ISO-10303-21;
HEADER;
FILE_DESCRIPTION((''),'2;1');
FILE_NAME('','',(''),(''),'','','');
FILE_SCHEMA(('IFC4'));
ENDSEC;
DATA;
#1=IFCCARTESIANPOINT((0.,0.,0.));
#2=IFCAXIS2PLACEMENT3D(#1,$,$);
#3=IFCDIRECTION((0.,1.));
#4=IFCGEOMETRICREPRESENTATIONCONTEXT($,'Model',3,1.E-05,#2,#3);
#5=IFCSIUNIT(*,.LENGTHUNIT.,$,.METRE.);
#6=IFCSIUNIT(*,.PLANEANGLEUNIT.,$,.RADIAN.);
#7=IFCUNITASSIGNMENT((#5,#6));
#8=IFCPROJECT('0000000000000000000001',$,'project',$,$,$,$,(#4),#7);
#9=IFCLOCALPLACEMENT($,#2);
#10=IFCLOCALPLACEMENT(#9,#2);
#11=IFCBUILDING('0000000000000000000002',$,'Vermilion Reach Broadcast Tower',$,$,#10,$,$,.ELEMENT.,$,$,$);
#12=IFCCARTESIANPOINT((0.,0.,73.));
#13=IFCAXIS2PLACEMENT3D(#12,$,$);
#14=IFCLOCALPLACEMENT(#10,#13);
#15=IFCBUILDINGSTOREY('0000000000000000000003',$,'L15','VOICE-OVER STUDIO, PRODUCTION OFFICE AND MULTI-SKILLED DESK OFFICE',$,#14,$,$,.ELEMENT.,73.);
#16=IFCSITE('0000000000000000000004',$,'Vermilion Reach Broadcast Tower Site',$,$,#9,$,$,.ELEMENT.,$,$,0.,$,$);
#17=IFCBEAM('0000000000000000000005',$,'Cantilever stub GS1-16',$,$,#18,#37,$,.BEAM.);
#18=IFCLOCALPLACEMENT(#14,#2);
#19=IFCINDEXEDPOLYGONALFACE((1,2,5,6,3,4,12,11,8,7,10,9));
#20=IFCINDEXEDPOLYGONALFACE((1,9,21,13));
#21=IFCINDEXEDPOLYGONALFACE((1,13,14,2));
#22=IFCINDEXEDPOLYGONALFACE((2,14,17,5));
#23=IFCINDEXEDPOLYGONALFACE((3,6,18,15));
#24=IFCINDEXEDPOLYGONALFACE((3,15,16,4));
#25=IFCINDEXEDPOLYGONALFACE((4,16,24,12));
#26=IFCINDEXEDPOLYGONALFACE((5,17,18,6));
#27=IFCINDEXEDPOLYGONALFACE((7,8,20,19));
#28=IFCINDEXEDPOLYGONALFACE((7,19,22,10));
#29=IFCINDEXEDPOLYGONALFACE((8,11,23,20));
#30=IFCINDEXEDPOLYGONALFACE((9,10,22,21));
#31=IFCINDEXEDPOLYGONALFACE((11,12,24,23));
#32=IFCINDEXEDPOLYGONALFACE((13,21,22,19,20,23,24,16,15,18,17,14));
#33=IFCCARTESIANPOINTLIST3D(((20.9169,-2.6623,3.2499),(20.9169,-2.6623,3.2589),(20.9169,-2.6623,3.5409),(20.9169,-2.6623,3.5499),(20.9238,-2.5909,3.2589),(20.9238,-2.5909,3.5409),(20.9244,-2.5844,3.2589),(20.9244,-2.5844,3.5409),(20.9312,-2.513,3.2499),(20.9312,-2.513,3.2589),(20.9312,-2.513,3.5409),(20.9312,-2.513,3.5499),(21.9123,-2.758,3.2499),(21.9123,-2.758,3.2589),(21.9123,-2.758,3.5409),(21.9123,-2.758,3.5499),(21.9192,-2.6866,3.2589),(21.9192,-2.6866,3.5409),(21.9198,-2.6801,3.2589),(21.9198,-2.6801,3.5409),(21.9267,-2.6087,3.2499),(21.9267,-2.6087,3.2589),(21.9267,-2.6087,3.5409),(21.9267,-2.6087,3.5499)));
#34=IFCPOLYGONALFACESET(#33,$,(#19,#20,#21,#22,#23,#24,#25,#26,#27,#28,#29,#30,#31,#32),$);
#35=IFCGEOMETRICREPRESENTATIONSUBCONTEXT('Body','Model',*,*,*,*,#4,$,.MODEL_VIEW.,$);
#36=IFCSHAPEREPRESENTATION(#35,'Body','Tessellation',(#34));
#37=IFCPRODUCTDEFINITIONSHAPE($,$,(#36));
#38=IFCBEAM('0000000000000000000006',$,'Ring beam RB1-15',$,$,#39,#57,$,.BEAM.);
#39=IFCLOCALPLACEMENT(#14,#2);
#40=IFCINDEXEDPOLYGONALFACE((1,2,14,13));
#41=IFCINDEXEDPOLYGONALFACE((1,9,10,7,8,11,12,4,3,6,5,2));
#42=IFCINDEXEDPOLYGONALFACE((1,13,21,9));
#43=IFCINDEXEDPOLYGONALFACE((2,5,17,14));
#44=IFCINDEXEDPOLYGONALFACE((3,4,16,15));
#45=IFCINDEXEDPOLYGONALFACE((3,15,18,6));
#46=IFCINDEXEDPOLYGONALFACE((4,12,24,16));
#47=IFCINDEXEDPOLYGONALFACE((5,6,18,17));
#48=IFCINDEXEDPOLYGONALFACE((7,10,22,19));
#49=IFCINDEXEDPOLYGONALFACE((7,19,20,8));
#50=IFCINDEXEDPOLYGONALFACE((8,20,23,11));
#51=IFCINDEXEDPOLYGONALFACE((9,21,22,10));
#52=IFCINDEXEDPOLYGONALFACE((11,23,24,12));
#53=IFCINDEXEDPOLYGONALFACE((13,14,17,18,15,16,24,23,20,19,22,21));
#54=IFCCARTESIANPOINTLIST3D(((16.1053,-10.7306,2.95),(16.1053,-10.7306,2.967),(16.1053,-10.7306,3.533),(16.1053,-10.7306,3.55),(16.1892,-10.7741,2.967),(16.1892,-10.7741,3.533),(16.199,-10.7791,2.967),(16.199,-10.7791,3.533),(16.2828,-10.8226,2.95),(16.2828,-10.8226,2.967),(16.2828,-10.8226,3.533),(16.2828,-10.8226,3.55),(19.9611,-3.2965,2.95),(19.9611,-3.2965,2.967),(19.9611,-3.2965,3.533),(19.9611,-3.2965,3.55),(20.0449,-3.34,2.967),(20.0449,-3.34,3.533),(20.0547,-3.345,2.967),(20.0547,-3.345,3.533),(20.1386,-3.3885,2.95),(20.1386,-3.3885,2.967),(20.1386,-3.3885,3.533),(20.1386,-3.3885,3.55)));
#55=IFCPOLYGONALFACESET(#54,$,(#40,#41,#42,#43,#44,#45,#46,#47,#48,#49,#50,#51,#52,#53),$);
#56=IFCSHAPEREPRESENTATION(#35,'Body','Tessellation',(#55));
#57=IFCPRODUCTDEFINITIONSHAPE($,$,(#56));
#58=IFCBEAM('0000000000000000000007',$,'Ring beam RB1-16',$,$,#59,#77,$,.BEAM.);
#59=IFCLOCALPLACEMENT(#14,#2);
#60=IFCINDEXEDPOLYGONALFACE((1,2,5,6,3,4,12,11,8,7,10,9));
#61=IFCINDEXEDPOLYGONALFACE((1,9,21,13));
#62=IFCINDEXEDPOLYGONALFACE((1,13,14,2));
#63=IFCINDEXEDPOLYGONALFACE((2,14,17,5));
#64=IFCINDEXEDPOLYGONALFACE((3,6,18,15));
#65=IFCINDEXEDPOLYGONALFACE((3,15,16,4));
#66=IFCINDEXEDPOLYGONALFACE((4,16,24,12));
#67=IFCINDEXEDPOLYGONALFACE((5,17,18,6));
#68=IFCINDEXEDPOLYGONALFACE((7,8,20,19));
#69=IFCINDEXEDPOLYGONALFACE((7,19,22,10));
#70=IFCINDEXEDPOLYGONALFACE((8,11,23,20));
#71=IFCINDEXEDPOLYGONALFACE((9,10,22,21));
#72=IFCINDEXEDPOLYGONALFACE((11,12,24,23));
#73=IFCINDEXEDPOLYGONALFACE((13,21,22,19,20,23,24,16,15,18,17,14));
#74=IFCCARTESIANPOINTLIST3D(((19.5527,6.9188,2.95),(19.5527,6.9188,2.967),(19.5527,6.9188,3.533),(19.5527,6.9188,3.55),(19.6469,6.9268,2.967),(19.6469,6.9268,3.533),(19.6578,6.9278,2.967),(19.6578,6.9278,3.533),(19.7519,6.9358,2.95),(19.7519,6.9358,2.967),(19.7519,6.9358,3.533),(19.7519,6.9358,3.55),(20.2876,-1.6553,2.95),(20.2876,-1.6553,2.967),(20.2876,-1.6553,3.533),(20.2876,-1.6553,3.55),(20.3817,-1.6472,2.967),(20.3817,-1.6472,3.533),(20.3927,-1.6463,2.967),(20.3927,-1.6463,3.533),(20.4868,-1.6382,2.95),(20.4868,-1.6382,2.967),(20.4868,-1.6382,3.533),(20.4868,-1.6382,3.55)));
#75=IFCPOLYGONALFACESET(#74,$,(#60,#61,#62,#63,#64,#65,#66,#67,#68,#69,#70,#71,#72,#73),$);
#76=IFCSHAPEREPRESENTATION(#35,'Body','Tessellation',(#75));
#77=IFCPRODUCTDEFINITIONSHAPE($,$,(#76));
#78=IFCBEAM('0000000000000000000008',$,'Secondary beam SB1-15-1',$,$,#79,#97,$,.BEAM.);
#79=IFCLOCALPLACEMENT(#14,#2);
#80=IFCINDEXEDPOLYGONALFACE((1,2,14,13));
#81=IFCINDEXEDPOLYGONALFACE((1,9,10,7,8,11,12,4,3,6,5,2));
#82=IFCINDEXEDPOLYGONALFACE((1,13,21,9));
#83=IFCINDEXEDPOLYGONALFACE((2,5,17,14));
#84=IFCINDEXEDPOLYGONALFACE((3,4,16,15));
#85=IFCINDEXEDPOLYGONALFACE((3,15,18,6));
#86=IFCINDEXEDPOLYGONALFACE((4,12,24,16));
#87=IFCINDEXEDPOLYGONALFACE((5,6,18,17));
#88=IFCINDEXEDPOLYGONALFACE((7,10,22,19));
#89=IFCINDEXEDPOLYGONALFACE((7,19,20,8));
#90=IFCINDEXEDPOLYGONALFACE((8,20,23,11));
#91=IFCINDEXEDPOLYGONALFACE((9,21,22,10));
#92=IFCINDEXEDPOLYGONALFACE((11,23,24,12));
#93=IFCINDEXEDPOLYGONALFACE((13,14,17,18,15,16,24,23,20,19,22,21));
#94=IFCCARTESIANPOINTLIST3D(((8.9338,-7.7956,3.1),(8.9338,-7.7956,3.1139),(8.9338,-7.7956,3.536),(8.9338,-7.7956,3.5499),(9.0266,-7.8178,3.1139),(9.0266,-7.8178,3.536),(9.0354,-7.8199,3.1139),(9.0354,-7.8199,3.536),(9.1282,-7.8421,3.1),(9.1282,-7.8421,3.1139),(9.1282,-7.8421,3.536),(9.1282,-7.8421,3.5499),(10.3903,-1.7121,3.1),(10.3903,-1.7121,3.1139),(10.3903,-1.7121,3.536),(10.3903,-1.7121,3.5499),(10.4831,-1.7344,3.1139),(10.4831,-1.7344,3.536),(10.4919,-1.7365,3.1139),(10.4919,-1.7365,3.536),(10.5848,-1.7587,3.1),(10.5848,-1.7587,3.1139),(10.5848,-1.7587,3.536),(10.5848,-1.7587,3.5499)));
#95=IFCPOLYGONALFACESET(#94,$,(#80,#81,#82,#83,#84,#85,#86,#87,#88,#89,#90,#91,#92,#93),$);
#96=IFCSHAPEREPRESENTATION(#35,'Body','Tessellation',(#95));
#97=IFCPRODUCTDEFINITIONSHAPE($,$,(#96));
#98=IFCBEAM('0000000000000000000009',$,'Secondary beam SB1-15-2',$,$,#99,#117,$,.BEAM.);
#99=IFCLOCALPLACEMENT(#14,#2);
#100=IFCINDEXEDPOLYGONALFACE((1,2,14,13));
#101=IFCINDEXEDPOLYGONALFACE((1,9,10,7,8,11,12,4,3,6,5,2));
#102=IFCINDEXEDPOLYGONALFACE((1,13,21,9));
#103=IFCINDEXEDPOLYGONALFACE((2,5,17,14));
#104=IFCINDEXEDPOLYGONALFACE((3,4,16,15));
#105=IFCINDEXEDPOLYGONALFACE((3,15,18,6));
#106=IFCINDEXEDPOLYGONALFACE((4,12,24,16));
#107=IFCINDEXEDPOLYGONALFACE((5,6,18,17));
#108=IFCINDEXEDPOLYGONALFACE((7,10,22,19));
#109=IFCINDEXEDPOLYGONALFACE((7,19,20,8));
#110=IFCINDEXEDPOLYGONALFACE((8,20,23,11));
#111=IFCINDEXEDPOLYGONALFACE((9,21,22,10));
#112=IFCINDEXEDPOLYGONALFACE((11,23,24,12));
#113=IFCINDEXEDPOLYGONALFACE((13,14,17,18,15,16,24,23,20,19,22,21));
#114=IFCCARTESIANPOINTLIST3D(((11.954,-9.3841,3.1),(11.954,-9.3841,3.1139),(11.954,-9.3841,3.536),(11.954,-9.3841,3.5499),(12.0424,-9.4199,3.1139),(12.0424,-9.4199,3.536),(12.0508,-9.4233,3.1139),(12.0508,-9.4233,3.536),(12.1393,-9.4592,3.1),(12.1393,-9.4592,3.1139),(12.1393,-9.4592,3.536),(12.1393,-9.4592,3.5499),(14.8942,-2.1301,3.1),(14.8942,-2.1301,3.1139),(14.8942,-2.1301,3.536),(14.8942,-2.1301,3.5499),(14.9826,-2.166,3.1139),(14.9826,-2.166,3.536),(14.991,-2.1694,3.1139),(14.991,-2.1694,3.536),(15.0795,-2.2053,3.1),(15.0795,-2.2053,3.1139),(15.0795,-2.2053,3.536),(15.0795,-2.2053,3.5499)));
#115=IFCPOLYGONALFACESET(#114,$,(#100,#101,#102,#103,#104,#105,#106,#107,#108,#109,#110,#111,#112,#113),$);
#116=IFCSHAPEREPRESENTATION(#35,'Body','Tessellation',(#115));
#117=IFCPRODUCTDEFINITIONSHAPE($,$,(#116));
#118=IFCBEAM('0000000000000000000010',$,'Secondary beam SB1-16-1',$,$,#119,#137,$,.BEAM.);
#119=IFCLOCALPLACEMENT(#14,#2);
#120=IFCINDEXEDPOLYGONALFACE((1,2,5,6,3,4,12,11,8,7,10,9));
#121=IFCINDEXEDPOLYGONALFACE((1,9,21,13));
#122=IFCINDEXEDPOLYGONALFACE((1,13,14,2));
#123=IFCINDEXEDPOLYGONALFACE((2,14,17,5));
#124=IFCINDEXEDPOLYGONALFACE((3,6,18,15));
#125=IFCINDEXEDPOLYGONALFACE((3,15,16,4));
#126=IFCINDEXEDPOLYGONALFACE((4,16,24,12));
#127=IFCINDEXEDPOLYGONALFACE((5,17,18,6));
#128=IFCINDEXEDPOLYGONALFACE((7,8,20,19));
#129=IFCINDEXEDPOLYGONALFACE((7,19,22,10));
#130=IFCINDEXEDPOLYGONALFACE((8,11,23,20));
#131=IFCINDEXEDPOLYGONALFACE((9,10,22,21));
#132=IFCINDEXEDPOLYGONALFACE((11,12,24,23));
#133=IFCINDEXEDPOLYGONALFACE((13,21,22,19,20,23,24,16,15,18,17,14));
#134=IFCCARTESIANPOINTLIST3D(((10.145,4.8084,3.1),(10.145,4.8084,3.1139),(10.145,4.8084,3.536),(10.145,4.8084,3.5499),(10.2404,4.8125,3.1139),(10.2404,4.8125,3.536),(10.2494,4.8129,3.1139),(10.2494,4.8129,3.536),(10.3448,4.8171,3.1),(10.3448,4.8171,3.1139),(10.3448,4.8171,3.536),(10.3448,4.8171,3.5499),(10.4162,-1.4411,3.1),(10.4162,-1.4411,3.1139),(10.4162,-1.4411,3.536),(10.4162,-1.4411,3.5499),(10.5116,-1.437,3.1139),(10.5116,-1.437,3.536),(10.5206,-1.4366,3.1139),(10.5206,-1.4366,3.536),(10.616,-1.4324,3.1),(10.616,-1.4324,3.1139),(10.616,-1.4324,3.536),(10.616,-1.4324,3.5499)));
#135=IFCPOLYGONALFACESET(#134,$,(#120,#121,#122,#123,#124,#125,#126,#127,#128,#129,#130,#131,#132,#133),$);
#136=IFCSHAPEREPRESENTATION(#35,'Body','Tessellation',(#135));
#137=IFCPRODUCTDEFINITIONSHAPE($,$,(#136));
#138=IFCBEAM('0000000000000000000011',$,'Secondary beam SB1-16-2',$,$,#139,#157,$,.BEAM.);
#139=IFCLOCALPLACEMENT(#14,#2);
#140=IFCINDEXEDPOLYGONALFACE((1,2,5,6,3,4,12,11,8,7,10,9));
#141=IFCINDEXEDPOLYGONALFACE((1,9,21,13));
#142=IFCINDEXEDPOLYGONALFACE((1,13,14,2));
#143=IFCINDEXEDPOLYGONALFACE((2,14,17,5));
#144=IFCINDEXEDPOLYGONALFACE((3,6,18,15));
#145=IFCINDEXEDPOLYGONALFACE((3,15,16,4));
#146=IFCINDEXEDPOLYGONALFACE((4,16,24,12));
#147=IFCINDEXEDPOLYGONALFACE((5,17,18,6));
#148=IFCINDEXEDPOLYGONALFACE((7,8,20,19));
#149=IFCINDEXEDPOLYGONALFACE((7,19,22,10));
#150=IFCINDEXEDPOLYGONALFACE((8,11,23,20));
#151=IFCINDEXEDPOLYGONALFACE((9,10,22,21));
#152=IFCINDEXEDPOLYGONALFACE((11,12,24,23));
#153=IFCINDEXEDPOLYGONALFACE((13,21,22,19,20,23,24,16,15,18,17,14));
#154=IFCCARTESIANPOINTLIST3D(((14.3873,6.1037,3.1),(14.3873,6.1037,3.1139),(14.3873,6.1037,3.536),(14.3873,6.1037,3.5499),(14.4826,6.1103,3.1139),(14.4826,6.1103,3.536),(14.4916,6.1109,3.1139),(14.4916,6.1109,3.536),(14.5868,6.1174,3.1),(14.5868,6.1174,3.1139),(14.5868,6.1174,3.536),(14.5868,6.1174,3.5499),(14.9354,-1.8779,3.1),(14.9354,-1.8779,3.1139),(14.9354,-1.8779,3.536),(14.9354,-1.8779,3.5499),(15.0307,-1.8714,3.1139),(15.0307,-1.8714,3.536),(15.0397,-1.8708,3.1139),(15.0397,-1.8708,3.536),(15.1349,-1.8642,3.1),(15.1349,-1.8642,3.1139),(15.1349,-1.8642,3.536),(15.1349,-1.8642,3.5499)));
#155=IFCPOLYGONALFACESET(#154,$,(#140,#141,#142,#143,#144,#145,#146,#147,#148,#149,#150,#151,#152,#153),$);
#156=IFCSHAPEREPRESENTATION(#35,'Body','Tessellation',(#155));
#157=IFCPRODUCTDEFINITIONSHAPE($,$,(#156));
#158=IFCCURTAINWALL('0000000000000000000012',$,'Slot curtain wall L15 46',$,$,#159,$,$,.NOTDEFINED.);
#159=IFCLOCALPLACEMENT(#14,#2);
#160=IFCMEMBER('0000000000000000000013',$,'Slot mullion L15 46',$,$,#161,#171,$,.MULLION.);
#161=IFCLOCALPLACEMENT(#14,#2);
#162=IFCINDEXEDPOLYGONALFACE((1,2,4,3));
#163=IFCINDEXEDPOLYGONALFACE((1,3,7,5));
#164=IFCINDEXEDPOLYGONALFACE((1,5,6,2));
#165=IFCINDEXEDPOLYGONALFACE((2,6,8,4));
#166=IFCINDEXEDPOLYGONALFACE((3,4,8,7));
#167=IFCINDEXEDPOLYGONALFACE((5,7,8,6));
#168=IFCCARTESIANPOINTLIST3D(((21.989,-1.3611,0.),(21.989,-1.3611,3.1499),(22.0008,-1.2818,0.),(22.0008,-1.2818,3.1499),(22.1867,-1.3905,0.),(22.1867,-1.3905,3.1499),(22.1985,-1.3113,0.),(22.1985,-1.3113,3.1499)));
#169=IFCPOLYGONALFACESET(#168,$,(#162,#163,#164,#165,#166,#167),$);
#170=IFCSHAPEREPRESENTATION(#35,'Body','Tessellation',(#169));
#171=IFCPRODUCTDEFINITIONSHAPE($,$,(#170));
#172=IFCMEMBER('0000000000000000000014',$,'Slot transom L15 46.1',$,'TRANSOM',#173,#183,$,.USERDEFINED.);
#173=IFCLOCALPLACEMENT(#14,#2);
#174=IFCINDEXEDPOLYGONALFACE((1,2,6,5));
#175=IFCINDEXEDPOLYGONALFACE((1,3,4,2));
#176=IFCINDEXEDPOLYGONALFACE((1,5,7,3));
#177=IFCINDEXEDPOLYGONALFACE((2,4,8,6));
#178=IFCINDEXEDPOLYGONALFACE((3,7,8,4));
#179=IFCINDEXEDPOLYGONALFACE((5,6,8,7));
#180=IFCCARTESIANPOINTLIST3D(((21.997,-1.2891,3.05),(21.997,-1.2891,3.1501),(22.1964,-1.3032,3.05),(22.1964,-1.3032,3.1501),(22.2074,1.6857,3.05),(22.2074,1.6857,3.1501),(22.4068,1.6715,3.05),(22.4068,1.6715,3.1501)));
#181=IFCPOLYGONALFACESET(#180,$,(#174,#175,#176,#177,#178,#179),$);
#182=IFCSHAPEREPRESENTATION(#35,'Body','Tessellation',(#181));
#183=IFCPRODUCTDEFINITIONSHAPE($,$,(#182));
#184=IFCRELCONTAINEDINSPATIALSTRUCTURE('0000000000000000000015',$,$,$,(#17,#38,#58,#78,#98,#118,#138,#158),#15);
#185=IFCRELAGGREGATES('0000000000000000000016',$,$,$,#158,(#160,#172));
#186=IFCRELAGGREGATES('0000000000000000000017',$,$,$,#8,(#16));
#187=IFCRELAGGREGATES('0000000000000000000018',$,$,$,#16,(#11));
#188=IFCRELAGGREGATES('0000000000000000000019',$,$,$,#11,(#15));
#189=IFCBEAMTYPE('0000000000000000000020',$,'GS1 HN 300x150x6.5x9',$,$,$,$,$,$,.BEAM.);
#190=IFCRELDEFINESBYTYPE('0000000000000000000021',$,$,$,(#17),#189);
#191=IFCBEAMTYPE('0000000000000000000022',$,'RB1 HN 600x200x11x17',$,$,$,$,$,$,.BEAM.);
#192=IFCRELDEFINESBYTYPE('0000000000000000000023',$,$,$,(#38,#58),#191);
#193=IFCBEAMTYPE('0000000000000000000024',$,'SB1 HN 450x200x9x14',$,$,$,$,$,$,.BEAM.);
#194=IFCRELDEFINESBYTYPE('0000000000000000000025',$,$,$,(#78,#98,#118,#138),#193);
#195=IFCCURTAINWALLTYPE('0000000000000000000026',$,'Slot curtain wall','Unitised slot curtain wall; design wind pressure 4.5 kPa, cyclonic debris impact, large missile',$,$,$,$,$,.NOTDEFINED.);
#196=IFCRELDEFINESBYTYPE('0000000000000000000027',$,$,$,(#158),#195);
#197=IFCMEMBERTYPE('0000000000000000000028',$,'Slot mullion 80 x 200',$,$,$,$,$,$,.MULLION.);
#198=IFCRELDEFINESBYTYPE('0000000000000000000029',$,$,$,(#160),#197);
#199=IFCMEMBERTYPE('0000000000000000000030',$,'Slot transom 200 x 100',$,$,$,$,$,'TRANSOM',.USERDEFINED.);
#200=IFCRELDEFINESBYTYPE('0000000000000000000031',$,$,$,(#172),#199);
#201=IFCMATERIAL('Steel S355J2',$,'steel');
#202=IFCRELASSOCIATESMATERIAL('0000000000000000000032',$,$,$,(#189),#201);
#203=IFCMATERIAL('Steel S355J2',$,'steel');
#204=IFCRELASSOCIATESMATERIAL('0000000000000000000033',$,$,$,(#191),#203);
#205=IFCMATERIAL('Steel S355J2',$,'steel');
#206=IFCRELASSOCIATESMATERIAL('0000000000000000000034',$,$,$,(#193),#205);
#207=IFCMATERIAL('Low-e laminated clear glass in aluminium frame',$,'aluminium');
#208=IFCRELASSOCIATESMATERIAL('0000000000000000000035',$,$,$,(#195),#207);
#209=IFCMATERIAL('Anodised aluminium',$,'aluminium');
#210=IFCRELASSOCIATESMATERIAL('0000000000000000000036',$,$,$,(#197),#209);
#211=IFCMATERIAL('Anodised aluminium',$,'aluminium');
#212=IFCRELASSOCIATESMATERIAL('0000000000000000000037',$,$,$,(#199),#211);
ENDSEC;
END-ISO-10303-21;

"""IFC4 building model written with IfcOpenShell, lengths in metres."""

from ifc_helpers import new_model, si_unit, direction, frame, origin, origin_2d, place, context, subcontext, project, spatial, rectangle, i_section, extrude, material, material_profile, profile_set, type_object, element, aggregate, save


model = new_model("IFC4")

# Units and contexts
model_context = context("Model", 3, precision=1e-05, world=origin(), true_north=direction((0.0, 1.0)))
body_context = subcontext(model_context, "Body", "Model", "MODEL_VIEW")
ifc_project = project(units=[si_unit("LENGTHUNIT", "METRE"), si_unit("PLANEANGLEUNIT", "RADIAN")], contexts=[model_context])

# Site, building, storey
site_placement = place(None, origin())
site = spatial("IfcSite", under=ifc_project, at=site_placement, Name="Vermilion Reach Broadcast Tower Site", CompositionType="ELEMENT", RefElevation=0.0)
building_placement = place(site_placement, origin())
building = spatial("IfcBuilding", under=site, at=building_placement, Name="Vermilion Reach Broadcast Tower", CompositionType="ELEMENT")
storey_placement = place(building_placement, frame((0.0, 0.0, 73.0)))
storey = spatial("IfcBuildingStorey", under=building, at=storey_placement, Name="L15", Description="VOICE-OVER STUDIO, PRODUCTION OFFICE AND MULTI-SKILLED DESK OFFICE", CompositionType="ELEMENT", Elevation=73.0)

# Beams
ifc_material_1 = material(Name="Steel S355J2", Category="steel")
ifc_material_profile_1 = material_profile(ifc_material_1, i_section(OverallWidth=0.1499, OverallDepth=0.3, WebThickness=0.0066, FlangeThickness=0.009, at=origin_2d()), Name="S355J2 HN 300x150x6.5x9")
ifc_profile_set_1 = profile_set([ifc_material_profile_1], Name="Steel S355J2")
beam_type_1 = type_object("IfcBeamType", Name="GS1 HN 300x150x6.5x9", PredefinedType="BEAM", material=ifc_profile_set_1)
beam_1_placement = place(storey_placement, frame((20.9241, -2.5876, 3.3999), z_axis=(0.995409, -0.095708, 0.0), x_axis=(0.095708, 0.995409, 0.0)))
element("IfcBeam", 1, at=beam_1_placement, inside=storey, type_object=beam_type_1, Name="Cantilever stub GS1-16", PredefinedType="BEAM", context=body_context, shape_type="SweptSolid", body=[
    extrude(i_section(OverallWidth=0.1499, OverallDepth=0.3, WebThickness=0.0066, FlangeThickness=0.009, at=origin_2d()), origin(), (0.0, 0.0, 1.0), 1.0),
])
ifc_material_2 = material(Name="Steel S355J2", Category="steel")
ifc_material_profile_2 = material_profile(ifc_material_2, i_section(OverallWidth=0.2, OverallDepth=0.6001, WebThickness=0.011, FlangeThickness=0.0171, at=origin_2d()), Name="S355J2 HN 600x200x11x17")
ifc_profile_set_2 = profile_set([ifc_material_profile_2], Name="Steel S355J2")
beam_type_2 = type_object("IfcBeamType", Name="RB1 HN 600x200x11x17", PredefinedType="BEAM", material=ifc_profile_set_2)
beam_2_placement = place(storey_placement, frame((16.1941, -10.7766, 3.25), z_axis=(0.460412, 0.887706, 0.0), x_axis=(-0.887706, 0.460412, 0.0)))
element("IfcBeam", 2, at=beam_2_placement, inside=storey, type_object=beam_type_2, Name="Ring beam RB1-15", PredefinedType="BEAM", context=body_context, shape_type="SweptSolid", body=[
    extrude(i_section(OverallWidth=0.2, OverallDepth=0.6001, WebThickness=0.011, FlangeThickness=0.0171, at=origin_2d()), origin(), (0.0, 0.0, 1.0), 8.3745),
])
beam_3_placement = place(storey_placement, frame((20.3872, -1.6467, 3.25), z_axis=(-0.085396, 0.996347, 0.0), x_axis=(-0.996347, -0.085396, 0.0)))
element("IfcBeam", 3, at=beam_3_placement, inside=storey, type_object=beam_type_2, Name="Ring beam RB1-16", PredefinedType="BEAM", context=body_context, shape_type="SweptSolid", body=[
    extrude(i_section(OverallWidth=0.2, OverallDepth=0.6001, WebThickness=0.011, FlangeThickness=0.0171, at=origin_2d()), origin(), (0.0, 0.0, 1.0), 8.6055),
])
ifc_material_3 = material(Name="Steel S355J2", Category="steel")
ifc_material_profile_3 = material_profile(ifc_material_3, i_section(OverallWidth=0.2, OverallDepth=0.45, WebThickness=0.009, FlangeThickness=0.0139, at=origin_2d()), Name="S355J2 HN 450x200x9x14")
ifc_profile_set_3 = profile_set([ifc_material_profile_3], Name="Steel S355J2")
beam_type_3 = type_object("IfcBeamType", Name="SB1 HN 450x200x9x14", PredefinedType="BEAM", material=ifc_profile_set_3)
beam_4_placement = place(storey_placement, frame((9.031, -7.8188, 3.325), z_axis=(0.232844, 0.972514, 0.0), x_axis=(-0.972514, 0.232844, 0.0)))
element("IfcBeam", 4, at=beam_4_placement, inside=storey, type_object=beam_type_3, Name="Secondary beam SB1-15-1", PredefinedType="BEAM", context=body_context, shape_type="SweptSolid", body=[
    extrude(i_section(OverallWidth=0.2, OverallDepth=0.45, WebThickness=0.009, FlangeThickness=0.0139, at=origin_2d()), origin(), (0.0, 0.0, 1.0), 6.2554),
])
beam_5_placement = place(storey_placement, frame((12.0466, -9.4216, 3.325), z_axis=(0.375641, 0.926765, 0.0), x_axis=(-0.926765, 0.375641, 0.0)))
element("IfcBeam", 5, at=beam_5_placement, inside=storey, type_object=beam_type_3, Name="Secondary beam SB1-15-2", PredefinedType="BEAM", context=body_context, shape_type="SweptSolid", body=[
    extrude(i_section(OverallWidth=0.2, OverallDepth=0.45, WebThickness=0.009, FlangeThickness=0.0139, at=origin_2d()), origin(), (0.0, 0.0, 1.0), 7.8271),
])
beam_6_placement = place(storey_placement, frame((10.5161, -1.4368, 3.325), z_axis=(-0.043361, 0.999059, 0.0), x_axis=(-0.999059, -0.043361, 0.0)))
element("IfcBeam", 6, at=beam_6_placement, inside=storey, type_object=beam_type_3, Name="Secondary beam SB1-16-1", PredefinedType="BEAM", context=body_context, shape_type="SweptSolid", body=[
    extrude(i_section(OverallWidth=0.2, OverallDepth=0.45, WebThickness=0.009, FlangeThickness=0.0139, at=origin_2d()), origin(), (0.0, 0.0, 1.0), 6.2554),
])
beam_7_placement = place(storey_placement, frame((15.0352, -1.8711, 3.325), z_axis=(-0.068508, 0.997651, 0.0), x_axis=(-0.997651, -0.068508, 0.0)))
element("IfcBeam", 7, at=beam_7_placement, inside=storey, type_object=beam_type_3, Name="Secondary beam SB1-16-2", PredefinedType="BEAM", context=body_context, shape_type="SweptSolid", body=[
    extrude(i_section(OverallWidth=0.2, OverallDepth=0.45, WebThickness=0.009, FlangeThickness=0.0139, at=origin_2d()), origin(), (0.0, 0.0, 1.0), 8.0005),
])

# Curtain wall, members
ifc_material_4 = material(Name="Low-e laminated clear glass in aluminium frame", Category="aluminium")
curtain_wall_type = type_object("IfcCurtainWallType", Name="Slot curtain wall", Description="Unitised slot curtain wall; design wind pressure 4.5 kPa, cyclonic debris impact, large missile", PredefinedType="NOTDEFINED", material=ifc_material_4)
curtain_wall_placement = place(storey_placement, origin())
curtain_wall = element("IfcCurtainWall", 8, at=curtain_wall_placement, inside=storey, type_object=curtain_wall_type, Name="Slot curtain wall L15 46", PredefinedType="NOTDEFINED")
ifc_material_5 = material(Name="Anodised aluminium", Category="aluminium")
ifc_material_profile_4 = material_profile(ifc_material_5, rectangle(XDim=0.2, YDim=0.0801, at=origin_2d()), Name="Slot mullion 80 x 200")
ifc_profile_set_4 = profile_set([ifc_material_profile_4], Name="Anodised aluminium")
member_type_1 = type_object("IfcMemberType", Name="Slot mullion 80 x 200", PredefinedType="MULLION", material=ifc_profile_set_4)
member_1_placement = place(storey_placement, frame((22.0938, -1.3362, 0.0), z_axis=(0.0, 0.0, 1.0), x_axis=(-0.989084, 0.147351, 0.0)))
member_1 = element("IfcMember", 9, at=member_1_placement, type_object=member_type_1, Name="Slot mullion L15 46", PredefinedType="MULLION", context=body_context, shape_type="SweptSolid", body=[
    extrude(rectangle(XDim=0.2, YDim=0.0801, at=origin_2d()), origin(), (0.0, 0.0, 1.0), 3.1499),
])
ifc_material_6 = material(Name="Anodised aluminium", Category="aluminium")
ifc_material_profile_5 = material_profile(ifc_material_6, rectangle(XDim=0.2, YDim=0.1001, at=origin_2d()), Name="Slot transom 200 x 100")
ifc_profile_set_5 = profile_set([ifc_material_profile_5], Name="Anodised aluminium")
member_type_2 = type_object("IfcMemberType", Name="Slot transom 200 x 100", ElementType="TRANSOM", PredefinedType="USERDEFINED", material=ifc_profile_set_5)
member_2_placement = place(storey_placement, frame((22.0967, -1.2961, 3.1001), z_axis=(0.070566, 0.997507, 0.0), x_axis=(-0.997507, 0.070566, 0.0)))
member_2 = element("IfcMember", 10, at=member_2_placement, type_object=member_type_2, Name="Slot transom L15 46.1", ObjectType="TRANSOM", PredefinedType="USERDEFINED", context=body_context, shape_type="SweptSolid", body=[
    extrude(rectangle(XDim=0.2, YDim=0.1001, at=origin_2d()), origin(), (0.0, 0.0, 1.0), 2.9822),
])
aggregate(curtain_wall, [member_1, member_2])

save(model, "model.ifc")
